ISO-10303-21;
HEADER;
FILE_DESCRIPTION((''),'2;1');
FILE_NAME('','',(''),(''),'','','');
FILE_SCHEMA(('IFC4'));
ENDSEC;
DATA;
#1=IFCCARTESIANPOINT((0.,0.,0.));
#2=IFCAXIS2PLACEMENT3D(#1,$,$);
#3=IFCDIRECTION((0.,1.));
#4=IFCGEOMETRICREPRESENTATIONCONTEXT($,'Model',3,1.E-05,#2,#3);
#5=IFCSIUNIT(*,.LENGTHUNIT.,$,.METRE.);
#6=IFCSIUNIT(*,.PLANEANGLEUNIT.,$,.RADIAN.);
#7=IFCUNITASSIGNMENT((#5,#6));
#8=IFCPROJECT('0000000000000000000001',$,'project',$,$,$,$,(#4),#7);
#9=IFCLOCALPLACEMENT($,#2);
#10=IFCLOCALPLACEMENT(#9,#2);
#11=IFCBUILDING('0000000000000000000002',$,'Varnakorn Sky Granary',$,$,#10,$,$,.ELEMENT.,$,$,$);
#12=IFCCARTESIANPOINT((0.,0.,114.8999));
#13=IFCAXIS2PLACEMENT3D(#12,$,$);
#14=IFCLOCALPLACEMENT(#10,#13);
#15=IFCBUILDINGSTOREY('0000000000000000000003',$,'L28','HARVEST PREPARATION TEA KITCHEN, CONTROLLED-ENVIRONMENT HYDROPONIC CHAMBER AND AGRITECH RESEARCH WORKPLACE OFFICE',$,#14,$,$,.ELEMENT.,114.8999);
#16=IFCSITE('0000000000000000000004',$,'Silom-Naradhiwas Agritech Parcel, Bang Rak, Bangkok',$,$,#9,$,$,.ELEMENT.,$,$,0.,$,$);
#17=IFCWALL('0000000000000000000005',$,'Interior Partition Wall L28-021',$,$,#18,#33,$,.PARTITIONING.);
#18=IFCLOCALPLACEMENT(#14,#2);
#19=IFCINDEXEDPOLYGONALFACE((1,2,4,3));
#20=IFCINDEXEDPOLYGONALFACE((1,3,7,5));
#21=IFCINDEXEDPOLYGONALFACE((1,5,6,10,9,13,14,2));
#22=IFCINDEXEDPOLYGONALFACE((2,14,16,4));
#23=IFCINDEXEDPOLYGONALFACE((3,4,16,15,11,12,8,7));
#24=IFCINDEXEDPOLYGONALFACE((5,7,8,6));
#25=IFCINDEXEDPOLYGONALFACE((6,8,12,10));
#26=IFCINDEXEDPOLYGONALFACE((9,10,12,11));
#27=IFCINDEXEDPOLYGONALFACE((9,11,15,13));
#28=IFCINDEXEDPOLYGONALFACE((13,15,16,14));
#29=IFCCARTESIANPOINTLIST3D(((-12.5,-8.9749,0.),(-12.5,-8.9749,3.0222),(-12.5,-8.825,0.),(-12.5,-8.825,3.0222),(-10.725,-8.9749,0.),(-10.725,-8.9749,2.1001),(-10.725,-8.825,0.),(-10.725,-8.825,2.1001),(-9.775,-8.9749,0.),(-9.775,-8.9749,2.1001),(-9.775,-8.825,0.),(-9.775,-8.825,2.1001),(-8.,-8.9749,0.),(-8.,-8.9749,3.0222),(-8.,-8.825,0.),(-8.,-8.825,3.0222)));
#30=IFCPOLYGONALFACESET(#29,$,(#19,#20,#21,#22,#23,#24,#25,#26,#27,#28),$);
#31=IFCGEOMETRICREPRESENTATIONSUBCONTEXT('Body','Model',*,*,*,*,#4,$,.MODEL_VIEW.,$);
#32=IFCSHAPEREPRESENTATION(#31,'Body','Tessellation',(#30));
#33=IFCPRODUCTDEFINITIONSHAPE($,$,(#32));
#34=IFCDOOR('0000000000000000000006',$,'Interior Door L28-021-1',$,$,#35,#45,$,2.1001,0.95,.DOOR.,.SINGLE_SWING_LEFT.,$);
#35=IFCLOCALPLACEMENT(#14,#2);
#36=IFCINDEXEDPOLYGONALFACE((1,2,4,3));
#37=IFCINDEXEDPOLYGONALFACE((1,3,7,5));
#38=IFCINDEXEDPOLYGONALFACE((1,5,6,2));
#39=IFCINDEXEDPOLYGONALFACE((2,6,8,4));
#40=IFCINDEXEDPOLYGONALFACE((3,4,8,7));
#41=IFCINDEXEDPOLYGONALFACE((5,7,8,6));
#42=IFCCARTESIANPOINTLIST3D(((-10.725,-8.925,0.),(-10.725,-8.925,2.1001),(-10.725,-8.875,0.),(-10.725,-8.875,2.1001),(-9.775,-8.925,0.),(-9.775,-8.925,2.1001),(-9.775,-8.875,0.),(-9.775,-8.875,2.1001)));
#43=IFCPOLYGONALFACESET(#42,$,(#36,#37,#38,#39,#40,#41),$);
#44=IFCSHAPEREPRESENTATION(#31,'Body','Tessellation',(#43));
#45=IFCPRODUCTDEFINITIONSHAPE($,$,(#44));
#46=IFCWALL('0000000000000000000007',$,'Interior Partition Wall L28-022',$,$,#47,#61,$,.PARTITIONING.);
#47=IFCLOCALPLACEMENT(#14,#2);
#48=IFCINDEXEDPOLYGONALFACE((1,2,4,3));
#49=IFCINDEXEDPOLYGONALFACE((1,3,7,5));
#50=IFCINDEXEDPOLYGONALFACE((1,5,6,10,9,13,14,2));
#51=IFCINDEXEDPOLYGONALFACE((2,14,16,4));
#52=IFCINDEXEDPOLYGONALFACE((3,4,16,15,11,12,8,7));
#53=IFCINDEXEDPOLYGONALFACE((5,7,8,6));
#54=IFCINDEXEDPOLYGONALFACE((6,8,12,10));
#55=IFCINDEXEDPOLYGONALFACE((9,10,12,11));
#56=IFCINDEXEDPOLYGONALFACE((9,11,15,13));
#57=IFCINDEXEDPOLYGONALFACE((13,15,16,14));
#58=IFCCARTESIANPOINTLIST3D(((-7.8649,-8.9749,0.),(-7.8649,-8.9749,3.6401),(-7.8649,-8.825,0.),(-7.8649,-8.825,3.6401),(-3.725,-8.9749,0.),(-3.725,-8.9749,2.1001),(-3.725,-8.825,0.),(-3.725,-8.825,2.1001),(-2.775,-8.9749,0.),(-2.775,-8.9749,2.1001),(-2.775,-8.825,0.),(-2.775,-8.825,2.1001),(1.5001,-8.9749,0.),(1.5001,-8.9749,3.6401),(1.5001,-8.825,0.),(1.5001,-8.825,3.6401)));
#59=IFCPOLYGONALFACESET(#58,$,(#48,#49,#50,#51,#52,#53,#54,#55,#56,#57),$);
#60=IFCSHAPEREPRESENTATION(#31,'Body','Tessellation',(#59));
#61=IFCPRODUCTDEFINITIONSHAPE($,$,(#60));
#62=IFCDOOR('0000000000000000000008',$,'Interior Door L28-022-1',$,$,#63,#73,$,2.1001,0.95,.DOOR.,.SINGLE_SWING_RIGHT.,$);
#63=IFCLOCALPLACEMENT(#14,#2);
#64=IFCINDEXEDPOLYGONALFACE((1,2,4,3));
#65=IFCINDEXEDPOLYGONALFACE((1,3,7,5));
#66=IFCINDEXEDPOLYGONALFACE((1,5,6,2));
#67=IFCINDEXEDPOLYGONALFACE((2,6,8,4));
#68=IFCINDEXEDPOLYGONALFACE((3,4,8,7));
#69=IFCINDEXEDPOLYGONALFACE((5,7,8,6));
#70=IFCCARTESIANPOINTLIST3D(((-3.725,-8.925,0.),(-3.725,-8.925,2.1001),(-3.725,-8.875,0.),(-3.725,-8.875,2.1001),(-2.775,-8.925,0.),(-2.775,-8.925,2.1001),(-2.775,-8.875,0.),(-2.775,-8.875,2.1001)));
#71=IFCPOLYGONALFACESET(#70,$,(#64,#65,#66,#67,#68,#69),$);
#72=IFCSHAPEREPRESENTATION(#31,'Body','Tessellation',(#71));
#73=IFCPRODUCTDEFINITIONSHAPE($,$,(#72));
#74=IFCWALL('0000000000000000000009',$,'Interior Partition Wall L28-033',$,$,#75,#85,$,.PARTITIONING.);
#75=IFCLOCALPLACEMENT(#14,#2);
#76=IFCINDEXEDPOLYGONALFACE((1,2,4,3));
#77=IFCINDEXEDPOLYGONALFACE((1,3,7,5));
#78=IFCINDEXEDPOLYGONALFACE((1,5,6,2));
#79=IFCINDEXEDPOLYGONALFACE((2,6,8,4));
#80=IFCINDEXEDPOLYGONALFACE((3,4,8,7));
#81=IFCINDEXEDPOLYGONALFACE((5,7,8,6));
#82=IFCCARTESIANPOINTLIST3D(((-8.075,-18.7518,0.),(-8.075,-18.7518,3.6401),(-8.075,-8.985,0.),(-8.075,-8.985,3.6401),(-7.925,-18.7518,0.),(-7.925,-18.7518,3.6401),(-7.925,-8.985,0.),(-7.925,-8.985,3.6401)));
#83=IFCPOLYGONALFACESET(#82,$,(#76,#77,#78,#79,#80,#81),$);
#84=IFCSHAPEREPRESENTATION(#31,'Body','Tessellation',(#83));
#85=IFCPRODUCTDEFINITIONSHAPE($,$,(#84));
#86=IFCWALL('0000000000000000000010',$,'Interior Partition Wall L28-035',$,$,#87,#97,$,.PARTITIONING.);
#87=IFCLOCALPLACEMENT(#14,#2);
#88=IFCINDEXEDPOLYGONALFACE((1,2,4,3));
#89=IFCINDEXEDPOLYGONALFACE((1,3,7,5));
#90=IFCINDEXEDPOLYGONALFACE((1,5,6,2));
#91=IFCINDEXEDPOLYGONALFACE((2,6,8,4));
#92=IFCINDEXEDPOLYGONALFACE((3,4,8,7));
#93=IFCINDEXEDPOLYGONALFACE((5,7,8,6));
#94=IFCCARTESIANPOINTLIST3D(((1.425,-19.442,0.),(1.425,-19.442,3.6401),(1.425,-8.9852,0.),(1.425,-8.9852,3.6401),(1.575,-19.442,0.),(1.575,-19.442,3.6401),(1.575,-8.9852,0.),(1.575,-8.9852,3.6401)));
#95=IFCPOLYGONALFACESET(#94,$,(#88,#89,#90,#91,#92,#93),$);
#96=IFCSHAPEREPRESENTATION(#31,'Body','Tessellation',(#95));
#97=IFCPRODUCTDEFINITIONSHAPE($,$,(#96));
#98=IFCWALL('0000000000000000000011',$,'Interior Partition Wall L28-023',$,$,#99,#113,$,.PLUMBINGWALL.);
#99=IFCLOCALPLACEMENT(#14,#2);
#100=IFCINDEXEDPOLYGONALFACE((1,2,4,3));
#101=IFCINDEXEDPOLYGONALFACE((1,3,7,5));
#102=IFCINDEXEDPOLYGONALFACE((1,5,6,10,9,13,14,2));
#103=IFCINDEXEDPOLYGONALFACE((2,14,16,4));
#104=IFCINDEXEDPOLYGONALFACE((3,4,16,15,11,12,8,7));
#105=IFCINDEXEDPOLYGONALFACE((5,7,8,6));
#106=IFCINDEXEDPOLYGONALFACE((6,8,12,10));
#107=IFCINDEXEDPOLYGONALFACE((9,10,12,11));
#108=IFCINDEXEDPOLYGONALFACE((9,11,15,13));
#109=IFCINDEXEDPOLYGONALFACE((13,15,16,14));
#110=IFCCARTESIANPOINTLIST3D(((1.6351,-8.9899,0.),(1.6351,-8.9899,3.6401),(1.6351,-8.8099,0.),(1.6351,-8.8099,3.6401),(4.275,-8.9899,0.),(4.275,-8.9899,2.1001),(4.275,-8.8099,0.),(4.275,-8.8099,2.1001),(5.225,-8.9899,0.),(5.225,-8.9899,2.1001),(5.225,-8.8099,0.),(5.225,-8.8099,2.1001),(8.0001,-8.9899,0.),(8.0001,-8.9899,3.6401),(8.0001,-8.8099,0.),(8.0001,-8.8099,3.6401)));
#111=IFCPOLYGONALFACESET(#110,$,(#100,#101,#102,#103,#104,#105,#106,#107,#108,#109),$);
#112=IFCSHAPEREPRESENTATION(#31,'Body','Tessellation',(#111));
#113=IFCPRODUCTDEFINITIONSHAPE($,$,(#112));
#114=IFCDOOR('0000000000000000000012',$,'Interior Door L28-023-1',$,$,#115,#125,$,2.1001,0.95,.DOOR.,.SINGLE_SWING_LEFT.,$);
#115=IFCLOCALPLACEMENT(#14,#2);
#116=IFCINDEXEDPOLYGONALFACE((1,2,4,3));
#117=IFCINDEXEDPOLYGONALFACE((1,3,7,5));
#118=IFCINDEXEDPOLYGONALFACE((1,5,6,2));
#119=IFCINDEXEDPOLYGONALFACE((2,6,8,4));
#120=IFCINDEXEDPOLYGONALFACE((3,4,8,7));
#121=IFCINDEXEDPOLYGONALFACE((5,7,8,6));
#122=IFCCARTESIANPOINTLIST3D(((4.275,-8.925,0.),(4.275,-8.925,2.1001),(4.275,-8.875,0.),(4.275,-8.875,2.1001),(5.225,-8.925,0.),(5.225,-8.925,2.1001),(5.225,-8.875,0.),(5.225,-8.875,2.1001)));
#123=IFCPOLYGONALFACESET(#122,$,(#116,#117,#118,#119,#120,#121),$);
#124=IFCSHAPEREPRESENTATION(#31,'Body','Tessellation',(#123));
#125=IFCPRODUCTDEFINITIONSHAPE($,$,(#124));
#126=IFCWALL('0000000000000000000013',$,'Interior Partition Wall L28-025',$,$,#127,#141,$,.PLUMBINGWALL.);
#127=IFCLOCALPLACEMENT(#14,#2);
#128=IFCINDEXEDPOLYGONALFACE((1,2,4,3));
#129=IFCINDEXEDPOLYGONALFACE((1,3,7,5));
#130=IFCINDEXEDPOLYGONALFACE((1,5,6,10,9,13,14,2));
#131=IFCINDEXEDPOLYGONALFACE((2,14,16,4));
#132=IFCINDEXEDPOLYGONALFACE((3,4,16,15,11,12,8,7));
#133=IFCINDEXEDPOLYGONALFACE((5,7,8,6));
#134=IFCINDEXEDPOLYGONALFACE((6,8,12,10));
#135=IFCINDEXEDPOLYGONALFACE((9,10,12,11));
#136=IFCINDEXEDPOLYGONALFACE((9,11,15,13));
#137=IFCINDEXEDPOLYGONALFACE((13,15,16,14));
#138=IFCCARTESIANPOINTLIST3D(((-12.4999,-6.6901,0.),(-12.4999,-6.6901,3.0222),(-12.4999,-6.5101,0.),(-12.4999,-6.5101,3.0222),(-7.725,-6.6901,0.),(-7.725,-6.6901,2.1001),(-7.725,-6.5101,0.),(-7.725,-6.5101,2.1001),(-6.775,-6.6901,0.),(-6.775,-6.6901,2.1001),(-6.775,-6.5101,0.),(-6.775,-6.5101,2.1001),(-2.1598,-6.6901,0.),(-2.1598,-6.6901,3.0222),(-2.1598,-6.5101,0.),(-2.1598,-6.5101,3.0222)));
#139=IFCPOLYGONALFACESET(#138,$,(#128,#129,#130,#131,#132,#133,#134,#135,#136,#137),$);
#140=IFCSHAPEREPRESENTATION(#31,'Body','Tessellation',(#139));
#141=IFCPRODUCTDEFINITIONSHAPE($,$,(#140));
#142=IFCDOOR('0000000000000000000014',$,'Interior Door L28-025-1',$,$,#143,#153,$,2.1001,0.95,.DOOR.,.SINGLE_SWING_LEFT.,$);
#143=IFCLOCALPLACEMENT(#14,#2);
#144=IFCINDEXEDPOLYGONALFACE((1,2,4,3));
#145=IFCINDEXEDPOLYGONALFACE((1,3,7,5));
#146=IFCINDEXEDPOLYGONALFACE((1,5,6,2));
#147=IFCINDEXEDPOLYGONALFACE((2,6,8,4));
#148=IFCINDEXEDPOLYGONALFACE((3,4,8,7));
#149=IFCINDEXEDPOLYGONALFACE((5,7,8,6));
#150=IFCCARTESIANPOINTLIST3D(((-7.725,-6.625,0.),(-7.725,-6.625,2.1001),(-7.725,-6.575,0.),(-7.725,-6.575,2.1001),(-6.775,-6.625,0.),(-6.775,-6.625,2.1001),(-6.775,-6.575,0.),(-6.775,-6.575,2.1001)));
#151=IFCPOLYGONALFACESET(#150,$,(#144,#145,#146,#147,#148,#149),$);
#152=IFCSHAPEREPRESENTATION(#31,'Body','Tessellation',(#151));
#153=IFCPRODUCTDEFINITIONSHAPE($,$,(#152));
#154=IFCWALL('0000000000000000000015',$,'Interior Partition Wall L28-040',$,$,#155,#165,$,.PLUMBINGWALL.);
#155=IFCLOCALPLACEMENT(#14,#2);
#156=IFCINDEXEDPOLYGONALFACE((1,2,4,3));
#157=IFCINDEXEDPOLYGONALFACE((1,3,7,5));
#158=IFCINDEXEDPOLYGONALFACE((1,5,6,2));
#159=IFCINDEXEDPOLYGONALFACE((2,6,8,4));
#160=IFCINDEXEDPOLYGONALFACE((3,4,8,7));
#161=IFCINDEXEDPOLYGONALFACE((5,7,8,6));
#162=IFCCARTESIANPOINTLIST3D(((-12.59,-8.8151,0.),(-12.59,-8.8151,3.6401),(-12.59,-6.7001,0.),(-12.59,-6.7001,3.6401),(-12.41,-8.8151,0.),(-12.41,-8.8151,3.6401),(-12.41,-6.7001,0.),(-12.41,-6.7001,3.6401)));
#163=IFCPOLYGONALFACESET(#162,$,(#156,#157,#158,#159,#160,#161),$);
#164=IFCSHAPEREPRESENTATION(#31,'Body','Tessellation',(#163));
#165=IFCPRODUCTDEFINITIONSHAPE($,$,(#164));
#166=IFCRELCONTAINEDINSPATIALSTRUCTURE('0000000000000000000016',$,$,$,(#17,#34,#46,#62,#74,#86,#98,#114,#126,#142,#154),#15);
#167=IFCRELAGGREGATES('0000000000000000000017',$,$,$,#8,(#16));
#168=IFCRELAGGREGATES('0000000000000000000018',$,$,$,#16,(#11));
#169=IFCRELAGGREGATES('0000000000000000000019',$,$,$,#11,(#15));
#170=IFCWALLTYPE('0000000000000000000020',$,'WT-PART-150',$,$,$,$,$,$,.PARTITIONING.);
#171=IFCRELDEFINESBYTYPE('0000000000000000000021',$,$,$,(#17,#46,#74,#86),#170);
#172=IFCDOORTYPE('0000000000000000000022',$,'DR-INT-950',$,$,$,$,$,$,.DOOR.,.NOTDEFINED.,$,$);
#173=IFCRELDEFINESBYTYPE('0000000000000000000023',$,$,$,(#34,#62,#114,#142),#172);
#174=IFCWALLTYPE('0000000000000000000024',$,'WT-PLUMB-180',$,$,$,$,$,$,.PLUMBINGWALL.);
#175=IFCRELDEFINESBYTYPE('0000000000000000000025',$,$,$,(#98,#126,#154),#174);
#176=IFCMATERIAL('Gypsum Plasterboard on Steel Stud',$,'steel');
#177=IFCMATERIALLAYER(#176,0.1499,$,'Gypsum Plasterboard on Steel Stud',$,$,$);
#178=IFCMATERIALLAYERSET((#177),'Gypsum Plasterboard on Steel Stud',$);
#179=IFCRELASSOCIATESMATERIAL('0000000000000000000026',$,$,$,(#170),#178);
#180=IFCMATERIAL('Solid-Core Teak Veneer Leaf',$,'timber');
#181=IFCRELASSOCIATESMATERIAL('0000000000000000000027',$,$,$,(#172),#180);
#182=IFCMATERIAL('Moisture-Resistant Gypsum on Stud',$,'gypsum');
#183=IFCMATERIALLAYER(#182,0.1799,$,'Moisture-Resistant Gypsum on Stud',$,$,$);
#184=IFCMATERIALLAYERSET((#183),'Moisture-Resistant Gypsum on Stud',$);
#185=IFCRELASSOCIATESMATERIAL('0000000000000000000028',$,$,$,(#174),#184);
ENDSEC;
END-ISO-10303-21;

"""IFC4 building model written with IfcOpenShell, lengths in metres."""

from ifc_helpers import new_model, si_unit, direction, frame, frame_2d, origin, place, context, subcontext, project, spatial, rectangle, extrude, material, layer, layer_set, type_object, element, fill, save


model = new_model("IFC4")

# Units and contexts
model_context = context("Model", 3, precision=1e-05, world=origin(), true_north=direction((0.0, 1.0)))
body_context = subcontext(model_context, "Body", "Model", "MODEL_VIEW")
ifc_project = project(units=[si_unit("LENGTHUNIT", "METRE"), si_unit("PLANEANGLEUNIT", "RADIAN")], contexts=[model_context])

# Site, building, storey
site_placement = place(None, origin())
site = spatial("IfcSite", under=ifc_project, at=site_placement, Name="Silom-Naradhiwas Agritech Parcel, Bang Rak, Bangkok", CompositionType="ELEMENT", RefElevation=0.0)
building_placement = place(site_placement, origin())
building = spatial("IfcBuilding", under=site, at=building_placement, Name="Varnakorn Sky Granary", CompositionType="ELEMENT")
storey_placement = place(building_placement, frame((0.0, 0.0, 114.8999)))
storey = spatial("IfcBuildingStorey", under=building, at=storey_placement, Name="L28", Description="HARVEST PREPARATION TEA KITCHEN, CONTROLLED-ENVIRONMENT HYDROPONIC CHAMBER AND AGRITECH RESEARCH WORKPLACE OFFICE", CompositionType="ELEMENT", Elevation=114.8999)

# Walls, openings, doors
ifc_material_1 = material(Name="Gypsum Plasterboard on Steel Stud", Category="steel")
ifc_layer_1 = layer(ifc_material_1, 0.1499, Name="Gypsum Plasterboard on Steel Stud")
ifc_layer_set_1 = layer_set([ifc_layer_1], Name="Gypsum Plasterboard on Steel Stud")
wall_type_1 = type_object("IfcWallType", Name="WT-PART-150", PredefinedType="PARTITIONING", material=ifc_layer_set_1)
wall_1_placement = place(storey_placement, frame((-12.5, -8.8999, 0.0), z_axis=(0.0, 0.0, 1.0), x_axis=(1.0, 0.0, 0.0)))
wall_1 = element("IfcWall", 1, at=wall_1_placement, inside=storey, type_object=wall_type_1, Name="Interior Partition Wall L28-021", PredefinedType="PARTITIONING", context=body_context, shape_type="SweptSolid", body=[
    extrude(rectangle(XDim=4.5, YDim=0.1499, at=frame_2d((2.25, 0.0))), origin(), (0.0, 0.0, 1.0), 3.0222),
])
opening_1_placement = place(wall_1_placement, frame((1.7749, 0.0, 0.0)))
opening_1 = element("IfcOpeningElement", 2, at=opening_1_placement, cuts=wall_1, PredefinedType="OPENING", context=body_context, shape_type="SweptSolid", body=[
    extrude(rectangle(XDim=0.95, YDim=2.1001, at=frame_2d((0.4751, 1.05))), frame((0.0, 0.085, 0.0), z_axis=(0.0, -1.0, 0.0), x_axis=(1.0, 0.0, 0.0)), (0.0, 0.0, 1.0), 0.1699),
])
ifc_material_2 = material(Name="Solid-Core Teak Veneer Leaf", Category="timber")
door_type_1 = type_object("IfcDoorType", Name="DR-INT-950", OperationType="NOTDEFINED", PredefinedType="DOOR", material=ifc_material_2)
door_1_placement = place(opening_1_placement, origin())
door_1 = element("IfcDoor", 3, at=door_1_placement, inside=storey, type_object=door_type_1, Name="Interior Door L28-021-1", OperationType="SINGLE_SWING_LEFT", OverallHeight=2.1001, OverallWidth=0.95, PredefinedType="DOOR", context=body_context, shape_type="SweptSolid", body=[
    extrude(rectangle(XDim=0.95, YDim=2.1001, at=frame_2d((0.4751, 1.05))), frame((0.0, 0.0249, 0.0), z_axis=(0.0, -1.0, 0.0), x_axis=(1.0, 0.0, 0.0)), (0.0, 0.0, 1.0), 0.05),
])
fill(opening_1, door_1)
wall_2_placement = place(storey_placement, frame((-7.865, -8.8999, 0.0), z_axis=(0.0, 0.0, 1.0), x_axis=(1.0, 0.0, 0.0)))
wall_2 = element("IfcWall", 4, at=wall_2_placement, inside=storey, type_object=wall_type_1, Name="Interior Partition Wall L28-022", PredefinedType="PARTITIONING", context=body_context, shape_type="SweptSolid", body=[
    extrude(rectangle(XDim=9.365, YDim=0.1499, at=frame_2d((4.6826, 0.0))), origin(), (0.0, 0.0, 1.0), 3.6401),
])
opening_2_placement = place(wall_2_placement, frame((4.1399, 0.0, 0.0)))
opening_2 = element("IfcOpeningElement", 5, at=opening_2_placement, cuts=wall_2, PredefinedType="OPENING", context=body_context, shape_type="SweptSolid", body=[
    extrude(rectangle(XDim=0.95, YDim=2.1001, at=frame_2d((0.4751, 1.05))), frame((0.0, 0.085, 0.0), z_axis=(0.0, -1.0, 0.0), x_axis=(1.0, 0.0, 0.0)), (0.0, 0.0, 1.0), 0.1699),
])
door_2_placement = place(opening_2_placement, origin())
door_2 = element("IfcDoor", 6, at=door_2_placement, inside=storey, type_object=door_type_1, Name="Interior Door L28-022-1", OperationType="SINGLE_SWING_RIGHT", OverallHeight=2.1001, OverallWidth=0.95, PredefinedType="DOOR", context=body_context, shape_type="SweptSolid", body=[
    extrude(rectangle(XDim=0.95, YDim=2.1001, at=frame_2d((0.4751, 1.05))), frame((0.0, 0.0249, 0.0), z_axis=(0.0, -1.0, 0.0), x_axis=(1.0, 0.0, 0.0)), (0.0, 0.0, 1.0), 0.05),
])
fill(opening_2, door_2)

# Walls
wall_3_placement = place(storey_placement, frame((-8.0, -8.9851, 0.0), z_axis=(0.0, 0.0, 1.0), x_axis=(0.0, -1.0, 0.0)))
element("IfcWall", 7, at=wall_3_placement, inside=storey, type_object=wall_type_1, Name="Interior Partition Wall L28-033", PredefinedType="PARTITIONING", context=body_context, shape_type="SweptSolid", body=[
    extrude(rectangle(XDim=9.7668, YDim=0.1499, at=frame_2d((4.8833, 0.0))), origin(), (0.0, 0.0, 1.0), 3.6401),
])
wall_4_placement = place(storey_placement, frame((1.5, -8.9851, 0.0), z_axis=(0.0, 0.0, 1.0), x_axis=(0.0, -1.0, 0.0)))
element("IfcWall", 8, at=wall_4_placement, inside=storey, type_object=wall_type_1, Name="Interior Partition Wall L28-035", PredefinedType="PARTITIONING", context=body_context, shape_type="SweptSolid", body=[
    extrude(rectangle(XDim=10.4568, YDim=0.1499, at=frame_2d((5.2285, 0.0))), origin(), (0.0, 0.0, 1.0), 3.6401),
])

# Walls, openings, doors
ifc_material_3 = material(Name="Moisture-Resistant Gypsum on Stud", Category="gypsum")
ifc_layer_2 = layer(ifc_material_3, 0.1799, Name="Moisture-Resistant Gypsum on Stud")
ifc_layer_set_2 = layer_set([ifc_layer_2], Name="Moisture-Resistant Gypsum on Stud")
wall_type_2 = type_object("IfcWallType", Name="WT-PLUMB-180", PredefinedType="PLUMBINGWALL", material=ifc_layer_set_2)
wall_5_placement = place(storey_placement, frame((1.635, -8.8999, 0.0), z_axis=(0.0, 0.0, 1.0), x_axis=(1.0, 0.0, 0.0)))
wall_5 = element("IfcWall", 9, at=wall_5_placement, inside=storey, type_object=wall_type_2, Name="Interior Partition Wall L28-023", PredefinedType="PLUMBINGWALL", context=body_context, shape_type="SweptSolid", body=[
    extrude(rectangle(XDim=6.365, YDim=0.1799, at=frame_2d((3.1826, 0.0))), origin(), (0.0, 0.0, 1.0), 3.6401),
])
opening_3_placement = place(wall_5_placement, frame((2.6399, 0.0, 0.0)))
opening_3 = element("IfcOpeningElement", 10, at=opening_3_placement, cuts=wall_5, PredefinedType="OPENING", context=body_context, shape_type="SweptSolid", body=[
    extrude(rectangle(XDim=0.95, YDim=2.1001, at=frame_2d((0.4751, 1.05))), frame((0.0, 0.1001, 0.0), z_axis=(0.0, -1.0, 0.0), x_axis=(1.0, 0.0, 0.0)), (0.0, 0.0, 1.0), 0.2),
])
door_3_placement = place(opening_3_placement, origin())
door_3 = element("IfcDoor", 11, at=door_3_placement, inside=storey, type_object=door_type_1, Name="Interior Door L28-023-1", OperationType="SINGLE_SWING_LEFT", OverallHeight=2.1001, OverallWidth=0.95, PredefinedType="DOOR", context=body_context, shape_type="SweptSolid", body=[
    extrude(rectangle(XDim=0.95, YDim=2.1001, at=frame_2d((0.4751, 1.05))), frame((0.0, 0.0249, 0.0), z_axis=(0.0, -1.0, 0.0), x_axis=(1.0, 0.0, 0.0)), (0.0, 0.0, 1.0), 0.05),
])
fill(opening_3, door_3)
wall_6_placement = place(storey_placement, frame((-2.1599, -6.6001, 0.0), z_axis=(0.0, 0.0, 1.0), x_axis=(-1.0, 0.0, 0.0)))
wall_6 = element("IfcWall", 12, at=wall_6_placement, inside=storey, type_object=wall_type_2, Name="Interior Partition Wall L28-025", PredefinedType="PLUMBINGWALL", context=body_context, shape_type="SweptSolid", body=[
    extrude(rectangle(XDim=10.3401, YDim=0.1799, at=frame_2d((5.1699, 0.0))), origin(), (0.0, 0.0, 1.0), 3.0222),
])
opening_4_placement = place(wall_6_placement, frame((4.615, 0.0, 0.0)))
opening_4 = element("IfcOpeningElement", 13, at=opening_4_placement, cuts=wall_6, PredefinedType="OPENING", context=body_context, shape_type="SweptSolid", body=[
    extrude(rectangle(XDim=0.95, YDim=2.1001, at=frame_2d((0.4751, 1.05))), frame((0.0, 0.1001, 0.0), z_axis=(0.0, -1.0, 0.0), x_axis=(1.0, 0.0, 0.0)), (0.0, 0.0, 1.0), 0.2),
])
door_4_placement = place(opening_4_placement, origin())
door_4 = element("IfcDoor", 14, at=door_4_placement, inside=storey, type_object=door_type_1, Name="Interior Door L28-025-1", OperationType="SINGLE_SWING_LEFT", OverallHeight=2.1001, OverallWidth=0.95, PredefinedType="DOOR", context=body_context, shape_type="SweptSolid", body=[
    extrude(rectangle(XDim=0.95, YDim=2.1001, at=frame_2d((0.4751, 1.05))), frame((0.0, 0.0249, 0.0), z_axis=(0.0, -1.0, 0.0), x_axis=(1.0, 0.0, 0.0)), (0.0, 0.0, 1.0), 0.05),
])
fill(opening_4, door_4)

# Wall
wall_7_placement = place(storey_placement, frame((-12.5, -6.7, 0.0), z_axis=(0.0, 0.0, 1.0), x_axis=(0.0, -1.0, 0.0)))
element("IfcWall", 15, at=wall_7_placement, inside=storey, type_object=wall_type_2, Name="Interior Partition Wall L28-040", PredefinedType="PLUMBINGWALL", context=body_context, shape_type="SweptSolid", body=[
    extrude(rectangle(XDim=2.115, YDim=0.1799, at=frame_2d((1.0576, 0.0))), origin(), (0.0, 0.0, 1.0), 3.6401),
])

save(model, "model.ifc")
